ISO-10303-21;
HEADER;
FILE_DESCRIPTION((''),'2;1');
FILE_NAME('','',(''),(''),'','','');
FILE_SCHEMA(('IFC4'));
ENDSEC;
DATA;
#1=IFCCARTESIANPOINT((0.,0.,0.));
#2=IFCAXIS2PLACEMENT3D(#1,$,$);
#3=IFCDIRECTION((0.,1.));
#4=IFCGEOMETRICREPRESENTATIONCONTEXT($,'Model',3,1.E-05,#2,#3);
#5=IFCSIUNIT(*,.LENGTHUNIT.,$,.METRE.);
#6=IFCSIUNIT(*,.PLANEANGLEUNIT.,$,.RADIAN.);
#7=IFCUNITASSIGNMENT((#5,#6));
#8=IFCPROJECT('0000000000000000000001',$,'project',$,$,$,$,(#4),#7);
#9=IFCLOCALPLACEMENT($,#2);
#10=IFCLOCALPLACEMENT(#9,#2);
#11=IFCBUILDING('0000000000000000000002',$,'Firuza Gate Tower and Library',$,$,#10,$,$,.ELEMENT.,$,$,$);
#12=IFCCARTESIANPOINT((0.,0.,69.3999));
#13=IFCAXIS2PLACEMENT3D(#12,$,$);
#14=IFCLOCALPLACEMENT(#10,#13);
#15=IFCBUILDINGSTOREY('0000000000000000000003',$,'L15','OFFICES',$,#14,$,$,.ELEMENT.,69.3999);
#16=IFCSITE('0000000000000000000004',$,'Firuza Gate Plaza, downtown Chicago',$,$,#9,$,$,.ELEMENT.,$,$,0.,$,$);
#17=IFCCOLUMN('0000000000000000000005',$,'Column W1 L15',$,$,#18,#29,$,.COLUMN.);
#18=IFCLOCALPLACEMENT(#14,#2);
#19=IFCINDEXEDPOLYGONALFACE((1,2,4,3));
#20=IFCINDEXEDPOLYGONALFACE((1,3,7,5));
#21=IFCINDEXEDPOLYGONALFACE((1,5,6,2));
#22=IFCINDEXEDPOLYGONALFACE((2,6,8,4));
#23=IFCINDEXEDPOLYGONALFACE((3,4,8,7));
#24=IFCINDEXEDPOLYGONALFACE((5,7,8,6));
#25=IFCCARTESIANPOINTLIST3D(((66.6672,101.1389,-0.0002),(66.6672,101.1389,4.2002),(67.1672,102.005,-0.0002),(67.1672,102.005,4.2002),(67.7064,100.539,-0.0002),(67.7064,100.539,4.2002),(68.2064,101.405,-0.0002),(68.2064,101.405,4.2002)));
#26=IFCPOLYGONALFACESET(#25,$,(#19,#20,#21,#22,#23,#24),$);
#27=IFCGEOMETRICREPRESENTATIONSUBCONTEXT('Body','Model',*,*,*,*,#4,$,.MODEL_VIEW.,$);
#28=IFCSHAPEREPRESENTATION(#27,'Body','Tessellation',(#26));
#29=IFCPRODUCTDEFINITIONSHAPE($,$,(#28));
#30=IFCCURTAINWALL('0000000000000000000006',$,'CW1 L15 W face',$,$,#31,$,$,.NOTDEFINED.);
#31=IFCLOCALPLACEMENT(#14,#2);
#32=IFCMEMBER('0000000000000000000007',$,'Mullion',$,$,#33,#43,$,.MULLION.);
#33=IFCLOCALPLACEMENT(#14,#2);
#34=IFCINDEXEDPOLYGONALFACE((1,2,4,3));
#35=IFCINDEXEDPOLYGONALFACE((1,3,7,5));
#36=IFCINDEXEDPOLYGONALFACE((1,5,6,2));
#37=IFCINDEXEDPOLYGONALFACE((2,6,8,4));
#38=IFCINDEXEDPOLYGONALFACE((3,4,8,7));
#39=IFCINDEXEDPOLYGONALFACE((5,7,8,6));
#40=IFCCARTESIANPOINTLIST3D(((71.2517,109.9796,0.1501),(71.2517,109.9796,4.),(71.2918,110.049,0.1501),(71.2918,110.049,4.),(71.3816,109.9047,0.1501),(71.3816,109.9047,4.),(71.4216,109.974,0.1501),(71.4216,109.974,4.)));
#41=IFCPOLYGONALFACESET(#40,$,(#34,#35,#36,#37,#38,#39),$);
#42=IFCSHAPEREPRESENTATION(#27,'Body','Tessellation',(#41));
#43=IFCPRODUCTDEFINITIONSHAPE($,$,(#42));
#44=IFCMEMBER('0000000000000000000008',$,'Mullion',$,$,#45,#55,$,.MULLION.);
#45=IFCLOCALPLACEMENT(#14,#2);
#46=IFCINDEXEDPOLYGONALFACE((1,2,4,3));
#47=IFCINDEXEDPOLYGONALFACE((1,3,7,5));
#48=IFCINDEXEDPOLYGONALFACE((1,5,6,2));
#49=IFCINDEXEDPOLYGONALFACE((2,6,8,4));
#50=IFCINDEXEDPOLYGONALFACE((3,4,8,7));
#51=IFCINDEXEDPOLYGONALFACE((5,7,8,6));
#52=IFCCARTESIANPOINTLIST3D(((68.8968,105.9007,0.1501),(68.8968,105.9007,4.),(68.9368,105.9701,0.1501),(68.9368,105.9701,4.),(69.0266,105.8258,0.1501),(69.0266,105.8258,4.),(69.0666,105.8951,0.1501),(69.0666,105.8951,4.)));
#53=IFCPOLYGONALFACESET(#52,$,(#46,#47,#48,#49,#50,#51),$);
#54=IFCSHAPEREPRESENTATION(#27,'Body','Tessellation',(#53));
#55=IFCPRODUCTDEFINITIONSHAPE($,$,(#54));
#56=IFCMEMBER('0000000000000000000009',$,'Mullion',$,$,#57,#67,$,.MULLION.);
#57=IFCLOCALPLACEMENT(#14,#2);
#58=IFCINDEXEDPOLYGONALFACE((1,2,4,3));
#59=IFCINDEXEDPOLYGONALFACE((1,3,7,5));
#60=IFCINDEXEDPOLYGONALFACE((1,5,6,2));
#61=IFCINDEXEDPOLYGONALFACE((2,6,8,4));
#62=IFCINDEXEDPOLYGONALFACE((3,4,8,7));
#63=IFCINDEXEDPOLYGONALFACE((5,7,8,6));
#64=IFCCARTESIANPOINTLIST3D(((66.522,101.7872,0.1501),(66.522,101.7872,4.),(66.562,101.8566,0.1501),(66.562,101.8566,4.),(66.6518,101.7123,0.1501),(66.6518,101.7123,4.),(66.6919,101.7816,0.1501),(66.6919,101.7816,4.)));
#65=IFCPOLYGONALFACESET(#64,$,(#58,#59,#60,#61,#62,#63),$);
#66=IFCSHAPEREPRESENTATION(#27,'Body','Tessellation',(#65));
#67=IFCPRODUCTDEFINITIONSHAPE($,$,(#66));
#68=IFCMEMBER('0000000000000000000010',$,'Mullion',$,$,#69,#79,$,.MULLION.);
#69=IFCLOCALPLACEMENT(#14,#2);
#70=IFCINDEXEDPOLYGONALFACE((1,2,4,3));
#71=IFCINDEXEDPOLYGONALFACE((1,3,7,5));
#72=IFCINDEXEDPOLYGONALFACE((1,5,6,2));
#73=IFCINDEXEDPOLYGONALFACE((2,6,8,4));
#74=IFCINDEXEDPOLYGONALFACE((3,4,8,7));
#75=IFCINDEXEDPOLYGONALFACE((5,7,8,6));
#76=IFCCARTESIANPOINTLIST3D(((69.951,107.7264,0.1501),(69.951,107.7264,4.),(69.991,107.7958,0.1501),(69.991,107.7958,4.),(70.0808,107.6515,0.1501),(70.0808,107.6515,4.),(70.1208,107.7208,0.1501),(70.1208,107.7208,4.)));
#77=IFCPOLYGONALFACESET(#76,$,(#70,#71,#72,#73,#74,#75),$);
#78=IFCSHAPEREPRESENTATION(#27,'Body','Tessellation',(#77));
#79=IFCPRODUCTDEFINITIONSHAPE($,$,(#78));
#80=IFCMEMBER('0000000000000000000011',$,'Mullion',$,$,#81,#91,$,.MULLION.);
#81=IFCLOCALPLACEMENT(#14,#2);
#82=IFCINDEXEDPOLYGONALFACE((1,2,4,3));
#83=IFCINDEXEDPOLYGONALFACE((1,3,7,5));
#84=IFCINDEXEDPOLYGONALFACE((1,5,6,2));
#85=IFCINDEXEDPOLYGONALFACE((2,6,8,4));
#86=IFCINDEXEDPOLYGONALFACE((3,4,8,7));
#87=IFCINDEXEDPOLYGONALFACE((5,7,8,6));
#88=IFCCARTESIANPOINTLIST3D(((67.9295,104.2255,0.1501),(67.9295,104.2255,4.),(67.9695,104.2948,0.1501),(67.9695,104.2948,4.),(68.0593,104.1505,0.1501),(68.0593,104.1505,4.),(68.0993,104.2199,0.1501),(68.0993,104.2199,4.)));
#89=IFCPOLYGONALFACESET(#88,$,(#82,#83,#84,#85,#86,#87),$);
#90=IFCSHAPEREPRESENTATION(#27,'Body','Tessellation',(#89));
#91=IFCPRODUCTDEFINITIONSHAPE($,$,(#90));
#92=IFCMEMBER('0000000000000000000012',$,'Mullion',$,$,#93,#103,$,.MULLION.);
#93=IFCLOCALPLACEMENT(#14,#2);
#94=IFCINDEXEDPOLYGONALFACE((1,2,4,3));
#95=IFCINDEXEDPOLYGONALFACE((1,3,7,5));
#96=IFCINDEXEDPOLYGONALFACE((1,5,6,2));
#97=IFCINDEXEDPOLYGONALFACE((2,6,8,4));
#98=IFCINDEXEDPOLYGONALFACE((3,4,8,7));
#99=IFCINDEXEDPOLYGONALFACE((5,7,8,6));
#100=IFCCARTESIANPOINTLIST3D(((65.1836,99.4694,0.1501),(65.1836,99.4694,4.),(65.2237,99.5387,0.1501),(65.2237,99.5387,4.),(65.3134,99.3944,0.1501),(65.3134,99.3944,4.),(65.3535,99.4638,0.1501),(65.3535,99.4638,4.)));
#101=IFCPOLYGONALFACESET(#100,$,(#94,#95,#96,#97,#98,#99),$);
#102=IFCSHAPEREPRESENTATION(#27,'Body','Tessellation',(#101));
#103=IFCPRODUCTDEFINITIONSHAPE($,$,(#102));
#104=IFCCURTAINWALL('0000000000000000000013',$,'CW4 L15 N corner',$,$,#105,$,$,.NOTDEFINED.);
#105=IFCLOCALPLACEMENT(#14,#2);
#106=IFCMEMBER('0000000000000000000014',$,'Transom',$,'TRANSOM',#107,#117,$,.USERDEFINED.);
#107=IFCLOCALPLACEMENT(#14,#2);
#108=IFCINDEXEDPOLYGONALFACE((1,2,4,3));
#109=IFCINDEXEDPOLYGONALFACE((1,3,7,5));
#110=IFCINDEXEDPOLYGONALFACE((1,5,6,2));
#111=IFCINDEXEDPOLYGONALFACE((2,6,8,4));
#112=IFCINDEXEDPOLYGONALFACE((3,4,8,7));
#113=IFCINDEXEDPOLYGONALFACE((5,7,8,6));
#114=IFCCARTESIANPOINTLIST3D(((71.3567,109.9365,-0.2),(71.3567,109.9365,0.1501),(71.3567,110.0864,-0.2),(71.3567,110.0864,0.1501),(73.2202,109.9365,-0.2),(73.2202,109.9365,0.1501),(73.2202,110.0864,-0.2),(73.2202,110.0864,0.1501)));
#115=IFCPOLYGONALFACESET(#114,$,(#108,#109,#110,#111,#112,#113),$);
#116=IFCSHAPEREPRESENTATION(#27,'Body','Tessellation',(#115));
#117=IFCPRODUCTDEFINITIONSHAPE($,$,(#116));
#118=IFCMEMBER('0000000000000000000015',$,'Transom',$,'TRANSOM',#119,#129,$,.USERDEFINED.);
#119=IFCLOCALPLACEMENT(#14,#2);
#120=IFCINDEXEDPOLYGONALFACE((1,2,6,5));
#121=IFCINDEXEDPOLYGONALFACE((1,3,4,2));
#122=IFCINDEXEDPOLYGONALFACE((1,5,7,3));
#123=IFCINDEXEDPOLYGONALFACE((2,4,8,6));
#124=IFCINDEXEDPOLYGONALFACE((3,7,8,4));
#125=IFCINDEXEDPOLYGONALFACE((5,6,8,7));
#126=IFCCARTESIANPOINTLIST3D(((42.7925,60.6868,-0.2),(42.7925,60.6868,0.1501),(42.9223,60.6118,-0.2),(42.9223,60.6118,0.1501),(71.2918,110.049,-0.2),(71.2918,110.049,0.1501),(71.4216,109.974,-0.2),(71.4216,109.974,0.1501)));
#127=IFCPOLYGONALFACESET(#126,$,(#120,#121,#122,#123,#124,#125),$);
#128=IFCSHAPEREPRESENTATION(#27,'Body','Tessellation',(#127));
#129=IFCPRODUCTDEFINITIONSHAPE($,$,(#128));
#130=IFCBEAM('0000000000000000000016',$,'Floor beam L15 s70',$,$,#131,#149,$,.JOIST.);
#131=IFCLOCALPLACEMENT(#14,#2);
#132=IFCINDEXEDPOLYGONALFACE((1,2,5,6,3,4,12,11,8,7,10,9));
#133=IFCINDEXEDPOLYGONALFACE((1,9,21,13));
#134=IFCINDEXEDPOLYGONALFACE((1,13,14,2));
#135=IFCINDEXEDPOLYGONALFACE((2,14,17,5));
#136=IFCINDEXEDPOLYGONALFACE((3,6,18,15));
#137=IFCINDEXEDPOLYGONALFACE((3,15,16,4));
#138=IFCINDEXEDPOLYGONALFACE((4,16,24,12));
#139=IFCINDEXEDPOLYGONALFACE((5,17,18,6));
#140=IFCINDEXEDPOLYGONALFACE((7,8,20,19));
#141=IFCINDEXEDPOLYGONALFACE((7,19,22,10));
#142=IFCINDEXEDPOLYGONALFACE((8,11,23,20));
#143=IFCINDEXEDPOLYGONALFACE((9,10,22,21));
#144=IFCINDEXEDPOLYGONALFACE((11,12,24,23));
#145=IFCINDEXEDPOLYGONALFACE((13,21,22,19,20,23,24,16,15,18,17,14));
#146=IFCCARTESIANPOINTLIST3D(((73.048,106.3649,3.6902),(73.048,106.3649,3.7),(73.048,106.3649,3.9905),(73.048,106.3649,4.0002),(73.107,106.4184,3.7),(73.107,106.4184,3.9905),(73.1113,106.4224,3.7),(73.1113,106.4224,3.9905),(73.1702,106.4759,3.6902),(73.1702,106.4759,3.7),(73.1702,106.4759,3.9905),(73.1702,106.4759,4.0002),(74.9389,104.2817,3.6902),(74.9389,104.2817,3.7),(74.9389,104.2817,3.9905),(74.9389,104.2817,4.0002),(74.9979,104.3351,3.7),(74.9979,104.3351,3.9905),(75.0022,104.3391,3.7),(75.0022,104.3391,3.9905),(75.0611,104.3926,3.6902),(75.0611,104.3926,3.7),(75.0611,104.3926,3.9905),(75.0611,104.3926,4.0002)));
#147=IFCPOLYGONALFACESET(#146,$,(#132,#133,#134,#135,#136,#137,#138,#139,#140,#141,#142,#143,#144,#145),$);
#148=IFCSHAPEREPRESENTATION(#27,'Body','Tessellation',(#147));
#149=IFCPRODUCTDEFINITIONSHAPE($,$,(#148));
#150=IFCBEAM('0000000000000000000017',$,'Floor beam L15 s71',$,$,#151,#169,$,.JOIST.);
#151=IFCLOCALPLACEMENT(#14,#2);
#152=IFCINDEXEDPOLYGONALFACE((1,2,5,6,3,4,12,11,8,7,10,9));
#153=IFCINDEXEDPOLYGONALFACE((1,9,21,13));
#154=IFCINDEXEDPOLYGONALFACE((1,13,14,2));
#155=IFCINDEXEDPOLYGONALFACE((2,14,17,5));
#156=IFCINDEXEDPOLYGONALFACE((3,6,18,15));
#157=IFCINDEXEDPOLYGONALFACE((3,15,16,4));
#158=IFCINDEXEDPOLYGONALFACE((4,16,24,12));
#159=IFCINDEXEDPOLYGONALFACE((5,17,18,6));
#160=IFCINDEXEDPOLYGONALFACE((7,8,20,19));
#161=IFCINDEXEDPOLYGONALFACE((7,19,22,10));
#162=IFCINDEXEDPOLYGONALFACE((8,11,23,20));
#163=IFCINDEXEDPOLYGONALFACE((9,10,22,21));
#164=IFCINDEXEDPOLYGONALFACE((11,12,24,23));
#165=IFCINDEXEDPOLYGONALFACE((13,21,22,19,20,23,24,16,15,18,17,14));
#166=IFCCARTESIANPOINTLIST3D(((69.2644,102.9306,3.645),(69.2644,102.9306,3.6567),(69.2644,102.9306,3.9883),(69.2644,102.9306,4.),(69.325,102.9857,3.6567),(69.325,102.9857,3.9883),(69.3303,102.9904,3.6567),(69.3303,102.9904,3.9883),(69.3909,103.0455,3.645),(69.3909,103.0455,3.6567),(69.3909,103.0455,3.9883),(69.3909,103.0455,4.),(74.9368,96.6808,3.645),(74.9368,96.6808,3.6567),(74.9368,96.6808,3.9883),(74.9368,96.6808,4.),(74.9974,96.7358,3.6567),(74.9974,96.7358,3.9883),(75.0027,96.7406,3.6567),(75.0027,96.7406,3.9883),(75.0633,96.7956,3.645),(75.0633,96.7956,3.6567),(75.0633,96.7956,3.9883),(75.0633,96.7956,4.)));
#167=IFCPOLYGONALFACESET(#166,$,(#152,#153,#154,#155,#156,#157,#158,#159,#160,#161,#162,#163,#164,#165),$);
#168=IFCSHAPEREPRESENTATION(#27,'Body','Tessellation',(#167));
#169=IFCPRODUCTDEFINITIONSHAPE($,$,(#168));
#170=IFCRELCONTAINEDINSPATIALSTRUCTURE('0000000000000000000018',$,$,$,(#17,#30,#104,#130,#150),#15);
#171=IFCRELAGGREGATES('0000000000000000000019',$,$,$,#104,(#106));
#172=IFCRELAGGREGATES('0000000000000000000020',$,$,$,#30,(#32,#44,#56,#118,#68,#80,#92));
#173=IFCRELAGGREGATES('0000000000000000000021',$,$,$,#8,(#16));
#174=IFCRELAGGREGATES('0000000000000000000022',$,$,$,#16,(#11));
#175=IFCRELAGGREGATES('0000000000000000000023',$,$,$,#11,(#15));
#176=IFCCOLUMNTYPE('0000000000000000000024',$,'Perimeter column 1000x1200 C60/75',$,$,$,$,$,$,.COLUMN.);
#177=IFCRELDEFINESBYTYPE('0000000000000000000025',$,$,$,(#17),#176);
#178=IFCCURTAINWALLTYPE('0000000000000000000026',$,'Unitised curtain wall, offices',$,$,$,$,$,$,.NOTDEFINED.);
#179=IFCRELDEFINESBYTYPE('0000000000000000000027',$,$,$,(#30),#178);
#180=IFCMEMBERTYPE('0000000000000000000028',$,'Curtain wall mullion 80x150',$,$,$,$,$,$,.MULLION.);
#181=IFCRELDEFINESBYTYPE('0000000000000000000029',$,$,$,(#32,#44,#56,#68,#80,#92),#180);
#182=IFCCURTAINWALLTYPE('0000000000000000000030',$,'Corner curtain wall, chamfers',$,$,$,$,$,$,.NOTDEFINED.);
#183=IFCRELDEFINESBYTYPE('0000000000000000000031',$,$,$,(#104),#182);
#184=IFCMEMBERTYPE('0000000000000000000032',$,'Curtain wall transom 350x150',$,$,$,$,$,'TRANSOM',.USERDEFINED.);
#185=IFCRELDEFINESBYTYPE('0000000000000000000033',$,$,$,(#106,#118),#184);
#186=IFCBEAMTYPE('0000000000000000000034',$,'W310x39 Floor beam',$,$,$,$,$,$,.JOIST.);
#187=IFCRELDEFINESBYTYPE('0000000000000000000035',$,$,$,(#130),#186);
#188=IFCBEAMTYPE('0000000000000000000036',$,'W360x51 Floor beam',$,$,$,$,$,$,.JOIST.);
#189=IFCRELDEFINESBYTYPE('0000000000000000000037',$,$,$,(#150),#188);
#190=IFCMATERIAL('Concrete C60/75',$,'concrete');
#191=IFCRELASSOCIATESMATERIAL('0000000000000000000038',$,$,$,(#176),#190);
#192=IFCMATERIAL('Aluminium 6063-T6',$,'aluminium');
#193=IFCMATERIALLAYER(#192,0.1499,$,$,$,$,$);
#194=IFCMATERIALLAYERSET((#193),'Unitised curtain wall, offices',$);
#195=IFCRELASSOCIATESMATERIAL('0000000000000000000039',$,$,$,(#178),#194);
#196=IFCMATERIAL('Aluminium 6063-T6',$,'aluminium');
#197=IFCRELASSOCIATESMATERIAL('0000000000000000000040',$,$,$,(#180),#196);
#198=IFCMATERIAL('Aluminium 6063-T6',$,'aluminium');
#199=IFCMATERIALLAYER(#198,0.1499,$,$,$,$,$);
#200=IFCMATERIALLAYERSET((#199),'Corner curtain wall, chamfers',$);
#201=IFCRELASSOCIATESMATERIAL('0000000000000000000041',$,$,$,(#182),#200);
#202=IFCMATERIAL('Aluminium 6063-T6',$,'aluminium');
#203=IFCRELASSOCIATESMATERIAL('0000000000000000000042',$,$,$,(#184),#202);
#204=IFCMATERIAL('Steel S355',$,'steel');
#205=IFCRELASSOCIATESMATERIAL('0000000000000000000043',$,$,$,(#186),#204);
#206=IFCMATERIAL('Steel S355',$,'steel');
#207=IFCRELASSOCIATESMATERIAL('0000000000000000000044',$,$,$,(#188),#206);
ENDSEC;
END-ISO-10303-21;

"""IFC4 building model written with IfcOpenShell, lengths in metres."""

from ifc_helpers import new_model, si_unit, direction, frame, origin, origin_2d, place, context, subcontext, project, spatial, rectangle, i_section, extrude, material, layer, layer_set, material_profile, profile_set, type_object, element, aggregate, save


model = new_model("IFC4")

# Units and contexts
model_context = context("Model", 3, precision=1e-05, world=origin(), true_north=direction((0.0, 1.0)))
body_context = subcontext(model_context, "Body", "Model", "MODEL_VIEW")
ifc_project = project(units=[si_unit("LENGTHUNIT", "METRE"), si_unit("PLANEANGLEUNIT", "RADIAN")], contexts=[model_context])

# Site, building, storey
site_placement = place(None, origin())
site = spatial("IfcSite", under=ifc_project, at=site_placement, Name="Firuza Gate Plaza, downtown Chicago", CompositionType="ELEMENT", RefElevation=0.0)
building_placement = place(site_placement, origin())
building = spatial("IfcBuilding", under=site, at=building_placement, Name="Firuza Gate Tower and Library", CompositionType="ELEMENT")
storey_placement = place(building_placement, frame((0.0, 0.0, 69.3999)))
storey = spatial("IfcBuildingStorey", under=building, at=storey_placement, Name="L15", Description="OFFICES", CompositionType="ELEMENT", Elevation=69.3999)

# Column
ifc_material_1 = material(Name="Concrete C60/75", Category="concrete")
ifc_material_profile_1 = material_profile(ifc_material_1, rectangle(XDim=1.0, YDim=1.2, at=origin_2d()))
ifc_profile_set_1 = profile_set([ifc_material_profile_1], Name="Concrete C60/75")
column_type = type_object("IfcColumnType", Name="Perimeter column 1000x1200 C60/75", PredefinedType="COLUMN", material=ifc_profile_set_1)
column_placement = place(storey_placement, frame((67.4368, 101.272, -0.0002), z_axis=(0.0, 0.0, 1.0), x_axis=(-0.5, -0.866025, 0.0)))
element("IfcColumn", 1, at=column_placement, inside=storey, type_object=column_type, Name="Column W1 L15", PredefinedType="COLUMN", context=body_context, shape_type="SweptSolid", body=[
    extrude(rectangle(XDim=1.0, YDim=1.2, at=origin_2d()), origin(), (0.0, 0.0, 1.0), 4.2004),
])

# Curtain wall, members
ifc_material_2 = material(Name="Aluminium 6063-T6", Category="aluminium")
ifc_layer_1 = layer(ifc_material_2, 0.1499)
ifc_layer_set_1 = layer_set([ifc_layer_1], Name="Unitised curtain wall, offices")
curtain_wall_type_1 = type_object("IfcCurtainWallType", Name="Unitised curtain wall, offices", PredefinedType="NOTDEFINED", material=ifc_layer_set_1)
placement = place(storey_placement, origin())
curtain_wall_1 = element("IfcCurtainWall", 2, at=placement, inside=storey, type_object=curtain_wall_type_1, Name="CW1 L15 W face", PredefinedType="NOTDEFINED")
ifc_material_3 = material(Name="Aluminium 6063-T6", Category="aluminium")
ifc_material_profile_2 = material_profile(ifc_material_3, rectangle(XDim=0.1499, YDim=0.0801, at=origin_2d()))
ifc_profile_set_2 = profile_set([ifc_material_profile_2], Name="Aluminium 6063-T6")
member_type_1 = type_object("IfcMemberType", Name="Curtain wall mullion 80x150", PredefinedType="MULLION", material=ifc_profile_set_2)
member_1_placement = place(storey_placement, frame((71.3367, 109.9768, 0.1501), z_axis=(0.0, 0.0, 1.0), x_axis=(0.866025, -0.5, 0.0)))
member_1 = element("IfcMember", 3, at=member_1_placement, type_object=member_type_1, Name="Mullion", PredefinedType="MULLION", context=body_context, shape_type="SweptSolid", body=[
    extrude(rectangle(XDim=0.1499, YDim=0.0801, at=origin_2d()), origin(), (0.0, 0.0, 1.0), 3.8499),
])
member_2_placement = place(storey_placement, frame((68.9817, 105.8979, 0.1501), z_axis=(0.0, 0.0, 1.0), x_axis=(0.866025, -0.5, 0.0)))
member_2 = element("IfcMember", 4, at=member_2_placement, type_object=member_type_1, Name="Mullion", PredefinedType="MULLION", context=body_context, shape_type="SweptSolid", body=[
    extrude(rectangle(XDim=0.1499, YDim=0.0801, at=origin_2d()), origin(), (0.0, 0.0, 1.0), 3.8499),
])
member_3_placement = place(storey_placement, frame((66.6069, 101.7844, 0.1501), z_axis=(0.0, 0.0, 1.0), x_axis=(0.866025, -0.5, 0.0)))
member_3 = element("IfcMember", 5, at=member_3_placement, type_object=member_type_1, Name="Mullion", PredefinedType="MULLION", context=body_context, shape_type="SweptSolid", body=[
    extrude(rectangle(XDim=0.1499, YDim=0.0801, at=origin_2d()), origin(), (0.0, 0.0, 1.0), 3.8499),
])
member_4_placement = place(storey_placement, frame((70.0359, 107.7236, 0.1501), z_axis=(0.0, 0.0, 1.0), x_axis=(0.866025, -0.5, 0.0)))
member_4 = element("IfcMember", 6, at=member_4_placement, type_object=member_type_1, Name="Mullion", PredefinedType="MULLION", context=body_context, shape_type="SweptSolid", body=[
    extrude(rectangle(XDim=0.1499, YDim=0.0801, at=origin_2d()), origin(), (0.0, 0.0, 1.0), 3.8499),
])
member_5_placement = place(storey_placement, frame((68.0144, 104.2227, 0.1501), z_axis=(0.0, 0.0, 1.0), x_axis=(0.866025, -0.5, 0.0)))
member_5 = element("IfcMember", 7, at=member_5_placement, type_object=member_type_1, Name="Mullion", PredefinedType="MULLION", context=body_context, shape_type="SweptSolid", body=[
    extrude(rectangle(XDim=0.1499, YDim=0.0801, at=origin_2d()), origin(), (0.0, 0.0, 1.0), 3.8499),
])
member_6_placement = place(storey_placement, frame((65.2686, 99.4666, 0.1501), z_axis=(0.0, 0.0, 1.0), x_axis=(0.866025, -0.5, 0.0)))
member_6 = element("IfcMember", 8, at=member_6_placement, type_object=member_type_1, Name="Mullion", PredefinedType="MULLION", context=body_context, shape_type="SweptSolid", body=[
    extrude(rectangle(XDim=0.1499, YDim=0.0801, at=origin_2d()), origin(), (0.0, 0.0, 1.0), 3.8499),
])

# Curtain wall, member
ifc_material_4 = material(Name="Aluminium 6063-T6", Category="aluminium")
ifc_layer_2 = layer(ifc_material_4, 0.1499)
ifc_layer_set_2 = layer_set([ifc_layer_2], Name="Corner curtain wall, chamfers")
curtain_wall_type_2 = type_object("IfcCurtainWallType", Name="Corner curtain wall, chamfers", PredefinedType="NOTDEFINED", material=ifc_layer_set_2)
curtain_wall_2 = element("IfcCurtainWall", 9, at=placement, inside=storey, type_object=curtain_wall_type_2, Name="CW4 L15 N corner", PredefinedType="NOTDEFINED")
ifc_material_5 = material(Name="Aluminium 6063-T6", Category="aluminium")
ifc_material_profile_3 = material_profile(ifc_material_5, rectangle(XDim=0.1499, YDim=0.3501, at=origin_2d()))
ifc_profile_set_3 = profile_set([ifc_material_profile_3], Name="Aluminium 6063-T6")
member_type_2 = type_object("IfcMemberType", Name="Curtain wall transom 350x150", ElementType="TRANSOM", PredefinedType="USERDEFINED", material=ifc_profile_set_3)
member_7_placement = place(storey_placement, frame((73.2202, 110.0115, -0.0249), z_axis=(-1.0, 0.0, 0.0), x_axis=(0.0, -1.0, 0.0)))
member_7 = element("IfcMember", 10, at=member_7_placement, type_object=member_type_2, Name="Transom", ObjectType="TRANSOM", PredefinedType="USERDEFINED", context=body_context, shape_type="SweptSolid", body=[
    extrude(rectangle(XDim=0.1499, YDim=0.3501, at=origin_2d()), origin(), (0.0, 0.0, 1.0), 1.8635),
])
aggregate(curtain_wall_2, [member_7])

# Member
member_8_placement = place(storey_placement, frame((71.3567, 110.0115, -0.0249), z_axis=(-0.500001, -0.866025, 0.0), x_axis=(0.866025, -0.500001, 0.0)))
member_8 = element("IfcMember", 11, at=member_8_placement, type_object=member_type_2, Name="Transom", ObjectType="TRANSOM", PredefinedType="USERDEFINED", context=body_context, shape_type="SweptSolid", body=[
    extrude(rectangle(XDim=0.1499, YDim=0.3501, at=origin_2d()), origin(), (0.0, 0.0, 1.0), 56.9985),
])

# Beams
ifc_material_6 = material(Name="Steel S355", Category="steel")
ifc_material_profile_4 = material_profile(ifc_material_6, i_section(OverallWidth=0.165, OverallDepth=0.3101, WebThickness=0.0059, FlangeThickness=0.0098, at=origin_2d()))
ifc_profile_set_4 = profile_set([ifc_material_profile_4], Name="Steel S355")
beam_type_1 = type_object("IfcBeamType", Name="W310x39 Floor beam", PredefinedType="JOIST", material=ifc_profile_set_4)
beam_1_placement = place(storey_placement, frame((73.1091, 106.4204, 3.8452), z_axis=(0.672089, -0.74047, 0.0), x_axis=(0.74047, 0.672089, 0.0)))
element("IfcBeam", 12, at=beam_1_placement, inside=storey, type_object=beam_type_1, Name="Floor beam L15 s70", PredefinedType="JOIST", context=body_context, shape_type="SweptSolid", body=[
    extrude(i_section(OverallWidth=0.165, OverallDepth=0.3101, WebThickness=0.0059, FlangeThickness=0.0098, at=origin_2d()), origin(), (0.0, 0.0, 1.0), 2.8135),
])
ifc_material_7 = material(Name="Steel S355", Category="steel")
ifc_material_profile_5 = material_profile(ifc_material_7, i_section(OverallWidth=0.1709, OverallDepth=0.355, WebThickness=0.0071, FlangeThickness=0.0117, at=origin_2d()))
ifc_profile_set_5 = profile_set([ifc_material_profile_5], Name="Steel S355")
beam_type_2 = type_object("IfcBeamType", Name="W360x51 Floor beam", PredefinedType="JOIST", material=ifc_profile_set_5)
beam_2_placement = place(storey_placement, frame((69.3276, 102.988, 3.8225), z_axis=(0.672074, -0.740484, 0.0), x_axis=(0.740484, 0.672074, 0.0)))
element("IfcBeam", 13, at=beam_2_placement, inside=storey, type_object=beam_type_2, Name="Floor beam L15 s71", PredefinedType="JOIST", context=body_context, shape_type="SweptSolid", body=[
    extrude(i_section(OverallWidth=0.1709, OverallDepth=0.355, WebThickness=0.0071, FlangeThickness=0.0117, at=origin_2d()), origin(), (0.0, 0.0, 1.0), 8.4402),
])

aggregate(curtain_wall_1, [member_1, member_2, member_3, member_8, member_4, member_5, member_6])

save(model, "model.ifc")
